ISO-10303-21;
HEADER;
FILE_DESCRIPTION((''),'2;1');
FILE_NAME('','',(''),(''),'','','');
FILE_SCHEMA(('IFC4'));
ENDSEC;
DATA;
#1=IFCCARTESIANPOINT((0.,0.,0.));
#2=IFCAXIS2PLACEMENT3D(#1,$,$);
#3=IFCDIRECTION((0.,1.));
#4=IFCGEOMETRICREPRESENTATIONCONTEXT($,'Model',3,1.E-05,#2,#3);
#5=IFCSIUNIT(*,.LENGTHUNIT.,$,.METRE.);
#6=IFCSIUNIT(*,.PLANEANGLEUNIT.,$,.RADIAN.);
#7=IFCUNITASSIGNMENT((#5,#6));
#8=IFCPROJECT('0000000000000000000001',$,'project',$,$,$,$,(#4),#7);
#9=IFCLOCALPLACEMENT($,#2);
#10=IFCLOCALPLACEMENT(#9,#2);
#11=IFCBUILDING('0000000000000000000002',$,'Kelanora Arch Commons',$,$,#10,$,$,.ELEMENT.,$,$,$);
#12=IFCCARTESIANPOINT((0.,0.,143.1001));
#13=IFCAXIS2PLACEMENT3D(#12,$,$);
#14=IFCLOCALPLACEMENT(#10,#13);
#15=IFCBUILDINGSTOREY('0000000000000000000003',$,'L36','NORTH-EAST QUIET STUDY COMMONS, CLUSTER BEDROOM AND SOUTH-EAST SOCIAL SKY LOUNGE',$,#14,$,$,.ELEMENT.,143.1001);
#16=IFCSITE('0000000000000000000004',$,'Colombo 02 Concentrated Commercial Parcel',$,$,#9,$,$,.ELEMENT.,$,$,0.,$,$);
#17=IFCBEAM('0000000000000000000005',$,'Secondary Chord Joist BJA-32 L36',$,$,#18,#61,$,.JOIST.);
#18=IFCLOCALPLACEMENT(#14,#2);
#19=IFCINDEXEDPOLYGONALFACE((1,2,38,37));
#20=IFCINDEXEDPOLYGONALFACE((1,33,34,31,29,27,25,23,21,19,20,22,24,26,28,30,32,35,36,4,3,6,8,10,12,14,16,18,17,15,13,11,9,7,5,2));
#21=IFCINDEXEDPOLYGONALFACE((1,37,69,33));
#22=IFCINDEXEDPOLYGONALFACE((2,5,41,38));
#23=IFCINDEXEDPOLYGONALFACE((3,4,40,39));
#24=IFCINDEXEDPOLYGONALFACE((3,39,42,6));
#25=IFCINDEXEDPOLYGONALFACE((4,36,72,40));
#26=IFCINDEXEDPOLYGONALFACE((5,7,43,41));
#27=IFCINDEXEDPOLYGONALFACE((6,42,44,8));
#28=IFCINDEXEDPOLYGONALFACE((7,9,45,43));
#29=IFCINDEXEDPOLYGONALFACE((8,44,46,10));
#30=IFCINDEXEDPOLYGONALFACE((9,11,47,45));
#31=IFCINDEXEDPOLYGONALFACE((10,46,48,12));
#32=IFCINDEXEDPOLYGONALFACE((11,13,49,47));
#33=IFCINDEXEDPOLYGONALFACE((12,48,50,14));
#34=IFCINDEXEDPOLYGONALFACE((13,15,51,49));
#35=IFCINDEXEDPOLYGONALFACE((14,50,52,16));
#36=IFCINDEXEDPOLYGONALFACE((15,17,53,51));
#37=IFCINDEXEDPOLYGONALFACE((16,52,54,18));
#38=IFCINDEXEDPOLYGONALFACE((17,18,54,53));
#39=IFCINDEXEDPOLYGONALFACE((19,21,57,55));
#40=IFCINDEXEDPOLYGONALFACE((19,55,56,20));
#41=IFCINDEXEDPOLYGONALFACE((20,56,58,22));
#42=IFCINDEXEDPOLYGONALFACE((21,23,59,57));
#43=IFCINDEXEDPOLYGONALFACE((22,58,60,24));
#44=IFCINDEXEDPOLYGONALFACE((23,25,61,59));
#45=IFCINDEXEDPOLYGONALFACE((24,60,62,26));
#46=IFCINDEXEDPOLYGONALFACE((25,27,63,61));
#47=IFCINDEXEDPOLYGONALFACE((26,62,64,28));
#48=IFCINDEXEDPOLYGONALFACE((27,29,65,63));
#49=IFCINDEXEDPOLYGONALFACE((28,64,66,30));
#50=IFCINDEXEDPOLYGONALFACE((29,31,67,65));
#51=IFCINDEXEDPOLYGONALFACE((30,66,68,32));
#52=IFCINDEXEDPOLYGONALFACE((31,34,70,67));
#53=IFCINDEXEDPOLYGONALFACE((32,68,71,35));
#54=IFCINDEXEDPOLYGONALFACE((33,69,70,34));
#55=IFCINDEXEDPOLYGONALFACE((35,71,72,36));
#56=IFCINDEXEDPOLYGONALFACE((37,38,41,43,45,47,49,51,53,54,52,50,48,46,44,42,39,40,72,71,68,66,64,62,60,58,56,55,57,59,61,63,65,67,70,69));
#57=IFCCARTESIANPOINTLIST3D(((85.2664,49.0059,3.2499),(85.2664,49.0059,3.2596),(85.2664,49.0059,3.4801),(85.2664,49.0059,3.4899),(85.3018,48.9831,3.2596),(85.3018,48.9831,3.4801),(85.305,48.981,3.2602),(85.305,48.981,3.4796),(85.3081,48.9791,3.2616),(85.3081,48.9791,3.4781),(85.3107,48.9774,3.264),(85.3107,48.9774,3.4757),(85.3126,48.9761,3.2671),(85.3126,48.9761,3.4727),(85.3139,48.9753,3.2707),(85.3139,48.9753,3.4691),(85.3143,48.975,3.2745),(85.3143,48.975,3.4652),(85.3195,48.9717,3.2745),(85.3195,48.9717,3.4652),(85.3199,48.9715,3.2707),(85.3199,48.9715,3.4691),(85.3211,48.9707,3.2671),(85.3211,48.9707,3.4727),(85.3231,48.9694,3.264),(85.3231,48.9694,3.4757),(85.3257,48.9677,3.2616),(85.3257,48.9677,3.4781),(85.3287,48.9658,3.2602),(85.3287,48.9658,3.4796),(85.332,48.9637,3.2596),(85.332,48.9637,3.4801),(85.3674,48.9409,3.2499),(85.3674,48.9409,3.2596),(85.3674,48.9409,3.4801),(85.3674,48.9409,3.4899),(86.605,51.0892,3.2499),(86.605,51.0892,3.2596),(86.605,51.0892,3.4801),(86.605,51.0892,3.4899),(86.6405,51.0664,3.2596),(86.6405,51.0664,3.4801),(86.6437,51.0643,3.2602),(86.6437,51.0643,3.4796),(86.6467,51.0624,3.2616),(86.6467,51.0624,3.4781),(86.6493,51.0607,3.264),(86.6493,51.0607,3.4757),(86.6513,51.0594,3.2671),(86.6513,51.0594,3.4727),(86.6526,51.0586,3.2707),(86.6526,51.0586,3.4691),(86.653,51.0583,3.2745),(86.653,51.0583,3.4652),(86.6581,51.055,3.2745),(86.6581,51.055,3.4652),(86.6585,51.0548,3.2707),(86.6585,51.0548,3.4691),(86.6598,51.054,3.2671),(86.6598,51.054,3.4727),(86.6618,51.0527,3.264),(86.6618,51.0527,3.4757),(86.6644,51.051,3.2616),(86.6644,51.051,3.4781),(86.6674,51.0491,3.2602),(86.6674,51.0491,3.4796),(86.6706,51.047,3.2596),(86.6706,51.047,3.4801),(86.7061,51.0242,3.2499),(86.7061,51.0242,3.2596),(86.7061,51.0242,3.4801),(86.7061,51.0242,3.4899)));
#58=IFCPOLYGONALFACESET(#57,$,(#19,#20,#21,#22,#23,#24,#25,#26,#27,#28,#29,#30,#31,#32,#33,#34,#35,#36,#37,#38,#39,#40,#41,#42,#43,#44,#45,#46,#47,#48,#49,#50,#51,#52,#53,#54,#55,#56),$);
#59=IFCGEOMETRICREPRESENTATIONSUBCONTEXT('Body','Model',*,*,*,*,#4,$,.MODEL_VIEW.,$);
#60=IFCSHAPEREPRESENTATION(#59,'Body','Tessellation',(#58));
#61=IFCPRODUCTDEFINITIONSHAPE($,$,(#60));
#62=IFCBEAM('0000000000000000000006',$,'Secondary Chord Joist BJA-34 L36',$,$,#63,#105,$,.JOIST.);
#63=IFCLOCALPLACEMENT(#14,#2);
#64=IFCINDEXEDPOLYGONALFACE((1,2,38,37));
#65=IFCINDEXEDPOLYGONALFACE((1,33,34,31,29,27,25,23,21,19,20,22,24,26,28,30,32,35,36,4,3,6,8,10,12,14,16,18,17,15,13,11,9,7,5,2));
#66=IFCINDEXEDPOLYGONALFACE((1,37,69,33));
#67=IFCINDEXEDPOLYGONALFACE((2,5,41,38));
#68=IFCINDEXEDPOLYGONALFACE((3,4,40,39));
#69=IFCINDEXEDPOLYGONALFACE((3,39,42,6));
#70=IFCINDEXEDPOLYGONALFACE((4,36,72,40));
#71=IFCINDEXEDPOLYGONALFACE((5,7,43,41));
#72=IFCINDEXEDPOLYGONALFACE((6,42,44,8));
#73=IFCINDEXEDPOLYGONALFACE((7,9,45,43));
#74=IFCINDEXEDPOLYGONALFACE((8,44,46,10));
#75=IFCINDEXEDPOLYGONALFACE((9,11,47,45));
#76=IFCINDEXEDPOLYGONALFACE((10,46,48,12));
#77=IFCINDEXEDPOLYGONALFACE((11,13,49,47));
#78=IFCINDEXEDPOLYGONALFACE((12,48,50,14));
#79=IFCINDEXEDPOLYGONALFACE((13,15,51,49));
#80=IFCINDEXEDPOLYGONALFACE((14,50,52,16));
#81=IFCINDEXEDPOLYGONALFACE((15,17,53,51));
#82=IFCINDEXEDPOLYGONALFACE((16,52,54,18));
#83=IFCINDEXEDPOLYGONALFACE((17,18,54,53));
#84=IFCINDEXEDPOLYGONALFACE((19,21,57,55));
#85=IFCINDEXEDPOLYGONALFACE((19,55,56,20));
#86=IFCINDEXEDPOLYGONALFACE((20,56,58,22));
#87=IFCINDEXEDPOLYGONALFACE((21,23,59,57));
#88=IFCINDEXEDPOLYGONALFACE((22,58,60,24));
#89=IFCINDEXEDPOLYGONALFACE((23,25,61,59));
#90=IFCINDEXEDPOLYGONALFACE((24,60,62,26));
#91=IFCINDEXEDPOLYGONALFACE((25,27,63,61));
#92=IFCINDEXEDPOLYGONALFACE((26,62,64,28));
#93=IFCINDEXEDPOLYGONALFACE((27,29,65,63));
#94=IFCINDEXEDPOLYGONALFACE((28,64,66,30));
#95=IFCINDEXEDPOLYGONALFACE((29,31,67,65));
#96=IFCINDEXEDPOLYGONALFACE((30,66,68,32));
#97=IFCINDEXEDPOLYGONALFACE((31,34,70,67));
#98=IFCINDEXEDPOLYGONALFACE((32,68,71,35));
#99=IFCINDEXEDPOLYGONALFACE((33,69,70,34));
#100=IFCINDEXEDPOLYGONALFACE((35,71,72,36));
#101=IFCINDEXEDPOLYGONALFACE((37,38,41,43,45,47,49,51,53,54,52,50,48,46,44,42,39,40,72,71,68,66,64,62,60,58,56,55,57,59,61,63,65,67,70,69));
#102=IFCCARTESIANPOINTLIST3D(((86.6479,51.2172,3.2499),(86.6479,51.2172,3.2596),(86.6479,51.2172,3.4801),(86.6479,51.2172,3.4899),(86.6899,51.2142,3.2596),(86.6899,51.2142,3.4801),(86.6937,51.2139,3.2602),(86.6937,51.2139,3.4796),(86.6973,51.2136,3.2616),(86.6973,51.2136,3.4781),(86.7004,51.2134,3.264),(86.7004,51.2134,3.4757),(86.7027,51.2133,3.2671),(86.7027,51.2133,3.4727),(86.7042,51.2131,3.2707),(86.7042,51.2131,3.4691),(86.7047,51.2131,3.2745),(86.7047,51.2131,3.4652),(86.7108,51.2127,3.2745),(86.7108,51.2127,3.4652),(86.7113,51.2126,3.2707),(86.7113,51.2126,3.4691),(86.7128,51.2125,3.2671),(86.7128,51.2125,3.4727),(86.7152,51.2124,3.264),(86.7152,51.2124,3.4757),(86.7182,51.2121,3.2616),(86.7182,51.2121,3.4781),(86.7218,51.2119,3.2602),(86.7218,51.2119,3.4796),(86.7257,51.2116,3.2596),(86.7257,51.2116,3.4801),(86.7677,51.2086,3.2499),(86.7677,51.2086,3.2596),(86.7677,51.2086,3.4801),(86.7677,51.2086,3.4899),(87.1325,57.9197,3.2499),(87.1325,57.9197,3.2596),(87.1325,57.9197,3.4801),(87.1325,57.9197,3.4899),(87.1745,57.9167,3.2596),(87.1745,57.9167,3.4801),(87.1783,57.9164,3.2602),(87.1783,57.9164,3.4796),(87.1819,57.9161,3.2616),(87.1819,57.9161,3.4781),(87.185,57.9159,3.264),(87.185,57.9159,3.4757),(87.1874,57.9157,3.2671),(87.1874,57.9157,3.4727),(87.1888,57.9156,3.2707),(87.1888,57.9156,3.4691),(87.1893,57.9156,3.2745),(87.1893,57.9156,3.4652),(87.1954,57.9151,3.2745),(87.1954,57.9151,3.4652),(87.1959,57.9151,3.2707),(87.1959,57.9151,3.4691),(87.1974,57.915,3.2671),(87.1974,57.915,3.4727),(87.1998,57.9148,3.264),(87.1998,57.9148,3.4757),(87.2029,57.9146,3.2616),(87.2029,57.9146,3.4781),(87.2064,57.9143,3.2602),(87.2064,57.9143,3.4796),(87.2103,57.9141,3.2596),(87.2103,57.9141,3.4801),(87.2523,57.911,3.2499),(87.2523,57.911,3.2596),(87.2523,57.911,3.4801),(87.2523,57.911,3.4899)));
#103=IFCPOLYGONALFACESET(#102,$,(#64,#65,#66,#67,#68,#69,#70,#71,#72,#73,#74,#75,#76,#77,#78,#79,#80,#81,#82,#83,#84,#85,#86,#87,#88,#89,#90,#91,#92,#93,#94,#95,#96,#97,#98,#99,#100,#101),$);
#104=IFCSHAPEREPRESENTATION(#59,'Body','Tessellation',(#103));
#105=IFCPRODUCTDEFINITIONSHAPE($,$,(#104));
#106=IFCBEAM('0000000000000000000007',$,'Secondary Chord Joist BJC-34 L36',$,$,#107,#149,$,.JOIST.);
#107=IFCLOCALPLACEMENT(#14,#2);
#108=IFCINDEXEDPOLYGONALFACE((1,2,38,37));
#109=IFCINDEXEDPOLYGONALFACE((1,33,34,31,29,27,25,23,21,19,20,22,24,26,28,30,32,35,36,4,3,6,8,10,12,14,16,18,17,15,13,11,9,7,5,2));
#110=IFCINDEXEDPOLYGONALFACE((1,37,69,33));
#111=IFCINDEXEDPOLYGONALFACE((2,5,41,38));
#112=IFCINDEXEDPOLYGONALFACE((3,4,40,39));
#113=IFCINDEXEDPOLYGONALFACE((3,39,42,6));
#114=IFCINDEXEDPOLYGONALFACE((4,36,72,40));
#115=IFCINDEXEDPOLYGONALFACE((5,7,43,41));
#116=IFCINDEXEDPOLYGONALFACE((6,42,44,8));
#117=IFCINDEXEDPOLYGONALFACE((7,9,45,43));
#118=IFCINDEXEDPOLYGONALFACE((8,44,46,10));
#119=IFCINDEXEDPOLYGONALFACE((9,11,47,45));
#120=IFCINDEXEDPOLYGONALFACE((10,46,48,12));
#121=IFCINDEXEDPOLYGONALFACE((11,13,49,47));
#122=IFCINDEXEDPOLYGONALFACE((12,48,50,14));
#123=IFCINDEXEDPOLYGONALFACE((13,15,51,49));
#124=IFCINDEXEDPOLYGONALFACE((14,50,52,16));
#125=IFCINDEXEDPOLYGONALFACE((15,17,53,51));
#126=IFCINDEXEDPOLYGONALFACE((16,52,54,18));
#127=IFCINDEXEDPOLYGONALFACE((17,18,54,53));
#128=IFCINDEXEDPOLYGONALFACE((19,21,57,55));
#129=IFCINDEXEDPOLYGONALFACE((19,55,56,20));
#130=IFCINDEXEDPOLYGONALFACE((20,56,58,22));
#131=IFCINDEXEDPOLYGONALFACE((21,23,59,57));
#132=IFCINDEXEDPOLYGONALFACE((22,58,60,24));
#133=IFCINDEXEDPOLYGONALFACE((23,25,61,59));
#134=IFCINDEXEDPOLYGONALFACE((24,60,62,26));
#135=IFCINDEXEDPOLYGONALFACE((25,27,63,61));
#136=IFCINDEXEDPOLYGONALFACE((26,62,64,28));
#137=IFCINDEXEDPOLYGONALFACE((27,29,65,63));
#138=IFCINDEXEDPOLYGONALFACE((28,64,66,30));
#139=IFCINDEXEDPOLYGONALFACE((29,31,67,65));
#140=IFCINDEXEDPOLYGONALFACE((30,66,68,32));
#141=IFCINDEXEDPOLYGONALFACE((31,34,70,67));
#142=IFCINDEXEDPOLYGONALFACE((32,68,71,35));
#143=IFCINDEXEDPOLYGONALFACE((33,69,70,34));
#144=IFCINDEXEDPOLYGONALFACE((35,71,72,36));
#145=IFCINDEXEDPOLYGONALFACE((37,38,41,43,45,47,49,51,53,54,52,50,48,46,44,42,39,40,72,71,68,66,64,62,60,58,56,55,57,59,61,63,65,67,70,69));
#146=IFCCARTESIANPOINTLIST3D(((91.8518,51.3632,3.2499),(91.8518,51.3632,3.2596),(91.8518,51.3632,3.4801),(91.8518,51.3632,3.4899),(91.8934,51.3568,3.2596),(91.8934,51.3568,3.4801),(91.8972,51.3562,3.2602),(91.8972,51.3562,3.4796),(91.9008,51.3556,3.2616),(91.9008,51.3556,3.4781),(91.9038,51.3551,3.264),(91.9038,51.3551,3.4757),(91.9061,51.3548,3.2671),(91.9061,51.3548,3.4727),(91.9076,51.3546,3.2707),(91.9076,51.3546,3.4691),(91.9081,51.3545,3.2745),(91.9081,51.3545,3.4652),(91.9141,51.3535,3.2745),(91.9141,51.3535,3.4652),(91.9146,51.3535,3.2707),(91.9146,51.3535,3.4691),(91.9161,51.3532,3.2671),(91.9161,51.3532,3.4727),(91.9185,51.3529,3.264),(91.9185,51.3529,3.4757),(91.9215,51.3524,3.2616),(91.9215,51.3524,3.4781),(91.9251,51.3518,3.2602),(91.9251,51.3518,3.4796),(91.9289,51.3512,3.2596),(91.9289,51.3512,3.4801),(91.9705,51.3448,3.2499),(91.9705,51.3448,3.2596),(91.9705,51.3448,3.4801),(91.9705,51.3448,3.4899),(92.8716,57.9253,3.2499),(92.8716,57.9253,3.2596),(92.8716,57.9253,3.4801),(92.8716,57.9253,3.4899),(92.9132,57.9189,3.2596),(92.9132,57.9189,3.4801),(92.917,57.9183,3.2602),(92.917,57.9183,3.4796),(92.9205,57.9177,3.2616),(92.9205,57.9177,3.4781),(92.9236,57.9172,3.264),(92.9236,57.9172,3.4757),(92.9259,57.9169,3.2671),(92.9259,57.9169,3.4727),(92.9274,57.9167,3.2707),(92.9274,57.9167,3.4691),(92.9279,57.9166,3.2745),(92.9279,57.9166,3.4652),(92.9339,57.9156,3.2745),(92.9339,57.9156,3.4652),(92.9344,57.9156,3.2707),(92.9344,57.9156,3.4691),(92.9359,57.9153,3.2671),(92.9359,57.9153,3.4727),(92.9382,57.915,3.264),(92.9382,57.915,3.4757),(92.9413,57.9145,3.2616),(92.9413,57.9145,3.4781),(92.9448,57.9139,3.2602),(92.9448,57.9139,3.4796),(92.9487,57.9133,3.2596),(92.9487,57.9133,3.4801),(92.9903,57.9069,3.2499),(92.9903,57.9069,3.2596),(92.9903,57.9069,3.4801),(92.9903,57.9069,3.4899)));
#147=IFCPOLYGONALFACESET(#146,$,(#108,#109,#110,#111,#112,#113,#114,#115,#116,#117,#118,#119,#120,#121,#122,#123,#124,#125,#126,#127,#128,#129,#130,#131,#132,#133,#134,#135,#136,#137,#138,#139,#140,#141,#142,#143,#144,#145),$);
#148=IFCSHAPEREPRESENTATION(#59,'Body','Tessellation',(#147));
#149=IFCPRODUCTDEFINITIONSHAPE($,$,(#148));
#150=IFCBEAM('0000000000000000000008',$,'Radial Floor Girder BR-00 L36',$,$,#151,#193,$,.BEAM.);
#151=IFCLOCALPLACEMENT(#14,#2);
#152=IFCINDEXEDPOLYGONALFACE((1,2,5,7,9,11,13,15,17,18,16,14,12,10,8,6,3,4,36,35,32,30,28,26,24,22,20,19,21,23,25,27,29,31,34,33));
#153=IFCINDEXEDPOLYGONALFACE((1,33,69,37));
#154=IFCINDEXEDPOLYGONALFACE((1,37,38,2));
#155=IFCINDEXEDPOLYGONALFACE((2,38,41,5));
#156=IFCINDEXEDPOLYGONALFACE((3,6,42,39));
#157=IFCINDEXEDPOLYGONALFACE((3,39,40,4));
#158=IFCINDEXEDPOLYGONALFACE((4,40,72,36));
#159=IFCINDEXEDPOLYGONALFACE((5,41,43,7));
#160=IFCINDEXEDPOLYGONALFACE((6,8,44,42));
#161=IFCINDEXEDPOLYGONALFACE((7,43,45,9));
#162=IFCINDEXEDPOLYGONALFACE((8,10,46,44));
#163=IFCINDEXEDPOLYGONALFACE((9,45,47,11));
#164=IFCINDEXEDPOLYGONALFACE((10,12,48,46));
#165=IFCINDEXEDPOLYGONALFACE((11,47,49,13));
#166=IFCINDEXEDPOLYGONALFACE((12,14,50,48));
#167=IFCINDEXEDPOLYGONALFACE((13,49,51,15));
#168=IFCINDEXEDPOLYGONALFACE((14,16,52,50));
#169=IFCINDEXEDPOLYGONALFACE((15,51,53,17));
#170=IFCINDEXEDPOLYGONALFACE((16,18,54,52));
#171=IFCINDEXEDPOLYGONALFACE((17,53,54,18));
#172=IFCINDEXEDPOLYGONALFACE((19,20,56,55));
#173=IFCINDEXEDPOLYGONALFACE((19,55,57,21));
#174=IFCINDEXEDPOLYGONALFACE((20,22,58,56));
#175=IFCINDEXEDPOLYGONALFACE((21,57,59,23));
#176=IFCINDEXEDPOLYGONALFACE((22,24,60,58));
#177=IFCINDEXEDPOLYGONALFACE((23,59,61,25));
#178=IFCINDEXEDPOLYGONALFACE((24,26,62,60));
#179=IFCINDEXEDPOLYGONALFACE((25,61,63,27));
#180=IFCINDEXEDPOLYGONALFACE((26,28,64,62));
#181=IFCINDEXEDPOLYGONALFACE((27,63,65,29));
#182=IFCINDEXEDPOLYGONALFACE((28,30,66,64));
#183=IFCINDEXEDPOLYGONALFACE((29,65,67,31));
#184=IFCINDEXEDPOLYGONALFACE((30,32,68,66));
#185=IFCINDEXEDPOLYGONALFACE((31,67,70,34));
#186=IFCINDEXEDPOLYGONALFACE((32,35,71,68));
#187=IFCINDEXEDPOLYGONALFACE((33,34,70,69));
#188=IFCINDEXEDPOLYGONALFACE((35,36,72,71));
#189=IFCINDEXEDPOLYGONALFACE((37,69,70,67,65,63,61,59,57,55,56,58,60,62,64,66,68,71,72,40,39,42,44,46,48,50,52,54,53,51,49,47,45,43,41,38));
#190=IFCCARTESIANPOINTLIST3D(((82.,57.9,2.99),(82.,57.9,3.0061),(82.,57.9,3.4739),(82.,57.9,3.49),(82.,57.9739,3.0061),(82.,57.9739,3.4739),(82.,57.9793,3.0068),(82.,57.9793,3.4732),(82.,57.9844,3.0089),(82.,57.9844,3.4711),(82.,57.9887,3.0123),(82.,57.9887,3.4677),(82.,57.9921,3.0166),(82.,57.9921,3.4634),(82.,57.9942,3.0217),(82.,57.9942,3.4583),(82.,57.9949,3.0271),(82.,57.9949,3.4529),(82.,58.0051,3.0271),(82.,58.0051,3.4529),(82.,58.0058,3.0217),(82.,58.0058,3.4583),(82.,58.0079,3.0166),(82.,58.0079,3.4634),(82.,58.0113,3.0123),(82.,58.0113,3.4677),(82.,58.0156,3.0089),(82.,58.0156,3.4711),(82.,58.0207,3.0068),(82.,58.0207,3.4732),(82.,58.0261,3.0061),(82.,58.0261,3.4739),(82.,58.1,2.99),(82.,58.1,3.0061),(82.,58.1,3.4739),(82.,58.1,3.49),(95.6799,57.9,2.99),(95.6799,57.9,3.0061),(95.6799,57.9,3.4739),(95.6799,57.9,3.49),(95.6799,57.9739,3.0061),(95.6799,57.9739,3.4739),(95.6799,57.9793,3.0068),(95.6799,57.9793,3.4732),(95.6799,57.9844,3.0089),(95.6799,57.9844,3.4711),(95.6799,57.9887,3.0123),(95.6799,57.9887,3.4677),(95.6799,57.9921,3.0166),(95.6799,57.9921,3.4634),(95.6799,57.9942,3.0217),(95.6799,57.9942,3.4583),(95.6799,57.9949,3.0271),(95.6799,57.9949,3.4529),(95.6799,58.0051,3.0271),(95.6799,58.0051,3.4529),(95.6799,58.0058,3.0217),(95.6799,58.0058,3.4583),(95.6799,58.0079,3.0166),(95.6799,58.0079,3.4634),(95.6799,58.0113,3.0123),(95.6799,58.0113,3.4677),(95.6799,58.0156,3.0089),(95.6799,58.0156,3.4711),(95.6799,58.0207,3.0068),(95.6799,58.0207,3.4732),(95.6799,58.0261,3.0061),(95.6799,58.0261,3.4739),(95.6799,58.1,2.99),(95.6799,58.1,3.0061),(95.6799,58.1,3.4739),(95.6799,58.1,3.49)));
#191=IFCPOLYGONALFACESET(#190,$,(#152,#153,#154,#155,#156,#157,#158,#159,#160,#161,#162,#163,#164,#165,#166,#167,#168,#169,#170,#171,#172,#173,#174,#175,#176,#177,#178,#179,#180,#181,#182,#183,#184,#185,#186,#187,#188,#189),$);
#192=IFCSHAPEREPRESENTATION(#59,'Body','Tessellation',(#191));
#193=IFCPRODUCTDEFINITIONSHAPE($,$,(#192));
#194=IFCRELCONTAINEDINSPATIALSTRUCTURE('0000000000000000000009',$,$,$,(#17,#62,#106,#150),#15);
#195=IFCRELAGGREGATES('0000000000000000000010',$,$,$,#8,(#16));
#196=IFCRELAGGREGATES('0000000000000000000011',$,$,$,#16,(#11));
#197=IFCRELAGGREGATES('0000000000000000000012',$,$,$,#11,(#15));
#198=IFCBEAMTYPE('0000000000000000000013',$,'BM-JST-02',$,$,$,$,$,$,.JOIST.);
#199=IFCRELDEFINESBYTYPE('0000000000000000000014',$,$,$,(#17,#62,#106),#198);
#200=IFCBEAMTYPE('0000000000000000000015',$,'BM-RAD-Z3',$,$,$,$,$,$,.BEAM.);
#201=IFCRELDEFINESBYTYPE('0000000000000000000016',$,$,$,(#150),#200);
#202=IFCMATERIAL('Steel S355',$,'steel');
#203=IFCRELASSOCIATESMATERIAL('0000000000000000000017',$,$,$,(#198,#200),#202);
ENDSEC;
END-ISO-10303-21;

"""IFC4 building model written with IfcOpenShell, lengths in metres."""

from ifc_helpers import new_model, si_unit, direction, frame, origin, origin_2d, place, context, subcontext, project, spatial, i_section, extrude, material, material_profile, profile_set, type_object, element, save


model = new_model("IFC4")

# Units and contexts
model_context = context("Model", 3, precision=1e-05, world=origin(), true_north=direction((0.0, 1.0)))
body_context = subcontext(model_context, "Body", "Model", "MODEL_VIEW")
ifc_project = project(units=[si_unit("LENGTHUNIT", "METRE"), si_unit("PLANEANGLEUNIT", "RADIAN")], contexts=[model_context])

# Site, building, storey
site_placement = place(None, origin())
site = spatial("IfcSite", under=ifc_project, at=site_placement, Name="Colombo 02 Concentrated Commercial Parcel", CompositionType="ELEMENT", RefElevation=0.0)
building_placement = place(site_placement, origin())
building = spatial("IfcBuilding", under=site, at=building_placement, Name="Kelanora Arch Commons", CompositionType="ELEMENT")
storey_placement = place(building_placement, frame((0.0, 0.0, 143.1001)))
storey = spatial("IfcBuildingStorey", under=building, at=storey_placement, Name="L36", Description="NORTH-EAST QUIET STUDY COMMONS, CLUSTER BEDROOM AND SOUTH-EAST SOCIAL SKY LOUNGE", CompositionType="ELEMENT", Elevation=143.1001)

# Beams
ifc_material_1 = material(Name="Steel S355", Category="steel")
ifc_material_profile_1 = material_profile(ifc_material_1, i_section(OverallWidth=0.1201, OverallDepth=0.24, WebThickness=0.0061, FlangeThickness=0.0098, FilletRadius=0.0149, at=origin_2d()), Name="IPE240")
ifc_profile_set_1 = profile_set([ifc_material_profile_1], Name="Steel S355")
beam_type_1 = type_object("IfcBeamType", Name="BM-JST-02", PredefinedType="JOIST", material=ifc_profile_set_1)
beam_1_placement = place(storey_placement, frame((85.3169, 48.9734, 3.3699), z_axis=(0.540583, 0.841291, 0.0), x_axis=(-0.841291, 0.540583, 0.0)))
element("IfcBeam", 1, at=beam_1_placement, inside=storey, type_object=beam_type_1, Name="Secondary Chord Joist BJA-32 L36", PredefinedType="JOIST", context=body_context, shape_type="SweptSolid", body=[
    extrude(i_section(OverallWidth=0.1201, OverallDepth=0.24, WebThickness=0.0061, FlangeThickness=0.0098, FilletRadius=0.0149, at=origin_2d()), origin(), (0.0, 0.0, 1.0), 2.4763),
])
beam_2_placement = place(storey_placement, frame((86.7078, 51.2129, 3.3699), z_axis=(0.072117, 0.997396, 0.0), x_axis=(-0.997396, 0.072117, 0.0)))
element("IfcBeam", 2, at=beam_2_placement, inside=storey, type_object=beam_type_1, Name="Secondary Chord Joist BJA-34 L36", PredefinedType="JOIST", context=body_context, shape_type="SweptSolid", body=[
    extrude(i_section(OverallWidth=0.1201, OverallDepth=0.24, WebThickness=0.0061, FlangeThickness=0.0098, FilletRadius=0.0149, at=origin_2d()), origin(), (0.0, 0.0, 1.0), 6.72),
])
beam_3_placement = place(storey_placement, frame((91.9111, 51.354, 3.3699), z_axis=(0.153563, 0.988139, 0.0), x_axis=(-0.988139, 0.153563, 0.0)))
element("IfcBeam", 3, at=beam_3_placement, inside=storey, type_object=beam_type_1, Name="Secondary Chord Joist BJC-34 L36", PredefinedType="JOIST", context=body_context, shape_type="SweptSolid", body=[
    extrude(i_section(OverallWidth=0.1201, OverallDepth=0.24, WebThickness=0.0061, FlangeThickness=0.0098, FilletRadius=0.0149, at=origin_2d()), origin(), (0.0, 0.0, 1.0), 6.6409),
])
ifc_material_profile_2 = material_profile(ifc_material_1, i_section(OverallWidth=0.2, OverallDepth=0.5, WebThickness=0.0103, FlangeThickness=0.0161, FilletRadius=0.021, at=origin_2d()), Name="IPE500")
ifc_profile_set_2 = profile_set([ifc_material_profile_2], Name="Steel S355")
beam_type_2 = type_object("IfcBeamType", Name="BM-RAD-Z3", PredefinedType="BEAM", material=ifc_profile_set_2)
beam_4_placement = place(storey_placement, frame((82.0, 58.0, 3.24), z_axis=(1.0, 0.0, 0.0), x_axis=(0.0, 1.0, 0.0)))
element("IfcBeam", 4, at=beam_4_placement, inside=storey, type_object=beam_type_2, Name="Radial Floor Girder BR-00 L36", PredefinedType="BEAM", context=body_context, shape_type="SweptSolid", body=[
    extrude(i_section(OverallWidth=0.2, OverallDepth=0.5, WebThickness=0.0103, FlangeThickness=0.0161, FilletRadius=0.021, at=origin_2d()), origin(), (0.0, 0.0, 1.0), 13.6799),
])

save(model, "model.ifc")
